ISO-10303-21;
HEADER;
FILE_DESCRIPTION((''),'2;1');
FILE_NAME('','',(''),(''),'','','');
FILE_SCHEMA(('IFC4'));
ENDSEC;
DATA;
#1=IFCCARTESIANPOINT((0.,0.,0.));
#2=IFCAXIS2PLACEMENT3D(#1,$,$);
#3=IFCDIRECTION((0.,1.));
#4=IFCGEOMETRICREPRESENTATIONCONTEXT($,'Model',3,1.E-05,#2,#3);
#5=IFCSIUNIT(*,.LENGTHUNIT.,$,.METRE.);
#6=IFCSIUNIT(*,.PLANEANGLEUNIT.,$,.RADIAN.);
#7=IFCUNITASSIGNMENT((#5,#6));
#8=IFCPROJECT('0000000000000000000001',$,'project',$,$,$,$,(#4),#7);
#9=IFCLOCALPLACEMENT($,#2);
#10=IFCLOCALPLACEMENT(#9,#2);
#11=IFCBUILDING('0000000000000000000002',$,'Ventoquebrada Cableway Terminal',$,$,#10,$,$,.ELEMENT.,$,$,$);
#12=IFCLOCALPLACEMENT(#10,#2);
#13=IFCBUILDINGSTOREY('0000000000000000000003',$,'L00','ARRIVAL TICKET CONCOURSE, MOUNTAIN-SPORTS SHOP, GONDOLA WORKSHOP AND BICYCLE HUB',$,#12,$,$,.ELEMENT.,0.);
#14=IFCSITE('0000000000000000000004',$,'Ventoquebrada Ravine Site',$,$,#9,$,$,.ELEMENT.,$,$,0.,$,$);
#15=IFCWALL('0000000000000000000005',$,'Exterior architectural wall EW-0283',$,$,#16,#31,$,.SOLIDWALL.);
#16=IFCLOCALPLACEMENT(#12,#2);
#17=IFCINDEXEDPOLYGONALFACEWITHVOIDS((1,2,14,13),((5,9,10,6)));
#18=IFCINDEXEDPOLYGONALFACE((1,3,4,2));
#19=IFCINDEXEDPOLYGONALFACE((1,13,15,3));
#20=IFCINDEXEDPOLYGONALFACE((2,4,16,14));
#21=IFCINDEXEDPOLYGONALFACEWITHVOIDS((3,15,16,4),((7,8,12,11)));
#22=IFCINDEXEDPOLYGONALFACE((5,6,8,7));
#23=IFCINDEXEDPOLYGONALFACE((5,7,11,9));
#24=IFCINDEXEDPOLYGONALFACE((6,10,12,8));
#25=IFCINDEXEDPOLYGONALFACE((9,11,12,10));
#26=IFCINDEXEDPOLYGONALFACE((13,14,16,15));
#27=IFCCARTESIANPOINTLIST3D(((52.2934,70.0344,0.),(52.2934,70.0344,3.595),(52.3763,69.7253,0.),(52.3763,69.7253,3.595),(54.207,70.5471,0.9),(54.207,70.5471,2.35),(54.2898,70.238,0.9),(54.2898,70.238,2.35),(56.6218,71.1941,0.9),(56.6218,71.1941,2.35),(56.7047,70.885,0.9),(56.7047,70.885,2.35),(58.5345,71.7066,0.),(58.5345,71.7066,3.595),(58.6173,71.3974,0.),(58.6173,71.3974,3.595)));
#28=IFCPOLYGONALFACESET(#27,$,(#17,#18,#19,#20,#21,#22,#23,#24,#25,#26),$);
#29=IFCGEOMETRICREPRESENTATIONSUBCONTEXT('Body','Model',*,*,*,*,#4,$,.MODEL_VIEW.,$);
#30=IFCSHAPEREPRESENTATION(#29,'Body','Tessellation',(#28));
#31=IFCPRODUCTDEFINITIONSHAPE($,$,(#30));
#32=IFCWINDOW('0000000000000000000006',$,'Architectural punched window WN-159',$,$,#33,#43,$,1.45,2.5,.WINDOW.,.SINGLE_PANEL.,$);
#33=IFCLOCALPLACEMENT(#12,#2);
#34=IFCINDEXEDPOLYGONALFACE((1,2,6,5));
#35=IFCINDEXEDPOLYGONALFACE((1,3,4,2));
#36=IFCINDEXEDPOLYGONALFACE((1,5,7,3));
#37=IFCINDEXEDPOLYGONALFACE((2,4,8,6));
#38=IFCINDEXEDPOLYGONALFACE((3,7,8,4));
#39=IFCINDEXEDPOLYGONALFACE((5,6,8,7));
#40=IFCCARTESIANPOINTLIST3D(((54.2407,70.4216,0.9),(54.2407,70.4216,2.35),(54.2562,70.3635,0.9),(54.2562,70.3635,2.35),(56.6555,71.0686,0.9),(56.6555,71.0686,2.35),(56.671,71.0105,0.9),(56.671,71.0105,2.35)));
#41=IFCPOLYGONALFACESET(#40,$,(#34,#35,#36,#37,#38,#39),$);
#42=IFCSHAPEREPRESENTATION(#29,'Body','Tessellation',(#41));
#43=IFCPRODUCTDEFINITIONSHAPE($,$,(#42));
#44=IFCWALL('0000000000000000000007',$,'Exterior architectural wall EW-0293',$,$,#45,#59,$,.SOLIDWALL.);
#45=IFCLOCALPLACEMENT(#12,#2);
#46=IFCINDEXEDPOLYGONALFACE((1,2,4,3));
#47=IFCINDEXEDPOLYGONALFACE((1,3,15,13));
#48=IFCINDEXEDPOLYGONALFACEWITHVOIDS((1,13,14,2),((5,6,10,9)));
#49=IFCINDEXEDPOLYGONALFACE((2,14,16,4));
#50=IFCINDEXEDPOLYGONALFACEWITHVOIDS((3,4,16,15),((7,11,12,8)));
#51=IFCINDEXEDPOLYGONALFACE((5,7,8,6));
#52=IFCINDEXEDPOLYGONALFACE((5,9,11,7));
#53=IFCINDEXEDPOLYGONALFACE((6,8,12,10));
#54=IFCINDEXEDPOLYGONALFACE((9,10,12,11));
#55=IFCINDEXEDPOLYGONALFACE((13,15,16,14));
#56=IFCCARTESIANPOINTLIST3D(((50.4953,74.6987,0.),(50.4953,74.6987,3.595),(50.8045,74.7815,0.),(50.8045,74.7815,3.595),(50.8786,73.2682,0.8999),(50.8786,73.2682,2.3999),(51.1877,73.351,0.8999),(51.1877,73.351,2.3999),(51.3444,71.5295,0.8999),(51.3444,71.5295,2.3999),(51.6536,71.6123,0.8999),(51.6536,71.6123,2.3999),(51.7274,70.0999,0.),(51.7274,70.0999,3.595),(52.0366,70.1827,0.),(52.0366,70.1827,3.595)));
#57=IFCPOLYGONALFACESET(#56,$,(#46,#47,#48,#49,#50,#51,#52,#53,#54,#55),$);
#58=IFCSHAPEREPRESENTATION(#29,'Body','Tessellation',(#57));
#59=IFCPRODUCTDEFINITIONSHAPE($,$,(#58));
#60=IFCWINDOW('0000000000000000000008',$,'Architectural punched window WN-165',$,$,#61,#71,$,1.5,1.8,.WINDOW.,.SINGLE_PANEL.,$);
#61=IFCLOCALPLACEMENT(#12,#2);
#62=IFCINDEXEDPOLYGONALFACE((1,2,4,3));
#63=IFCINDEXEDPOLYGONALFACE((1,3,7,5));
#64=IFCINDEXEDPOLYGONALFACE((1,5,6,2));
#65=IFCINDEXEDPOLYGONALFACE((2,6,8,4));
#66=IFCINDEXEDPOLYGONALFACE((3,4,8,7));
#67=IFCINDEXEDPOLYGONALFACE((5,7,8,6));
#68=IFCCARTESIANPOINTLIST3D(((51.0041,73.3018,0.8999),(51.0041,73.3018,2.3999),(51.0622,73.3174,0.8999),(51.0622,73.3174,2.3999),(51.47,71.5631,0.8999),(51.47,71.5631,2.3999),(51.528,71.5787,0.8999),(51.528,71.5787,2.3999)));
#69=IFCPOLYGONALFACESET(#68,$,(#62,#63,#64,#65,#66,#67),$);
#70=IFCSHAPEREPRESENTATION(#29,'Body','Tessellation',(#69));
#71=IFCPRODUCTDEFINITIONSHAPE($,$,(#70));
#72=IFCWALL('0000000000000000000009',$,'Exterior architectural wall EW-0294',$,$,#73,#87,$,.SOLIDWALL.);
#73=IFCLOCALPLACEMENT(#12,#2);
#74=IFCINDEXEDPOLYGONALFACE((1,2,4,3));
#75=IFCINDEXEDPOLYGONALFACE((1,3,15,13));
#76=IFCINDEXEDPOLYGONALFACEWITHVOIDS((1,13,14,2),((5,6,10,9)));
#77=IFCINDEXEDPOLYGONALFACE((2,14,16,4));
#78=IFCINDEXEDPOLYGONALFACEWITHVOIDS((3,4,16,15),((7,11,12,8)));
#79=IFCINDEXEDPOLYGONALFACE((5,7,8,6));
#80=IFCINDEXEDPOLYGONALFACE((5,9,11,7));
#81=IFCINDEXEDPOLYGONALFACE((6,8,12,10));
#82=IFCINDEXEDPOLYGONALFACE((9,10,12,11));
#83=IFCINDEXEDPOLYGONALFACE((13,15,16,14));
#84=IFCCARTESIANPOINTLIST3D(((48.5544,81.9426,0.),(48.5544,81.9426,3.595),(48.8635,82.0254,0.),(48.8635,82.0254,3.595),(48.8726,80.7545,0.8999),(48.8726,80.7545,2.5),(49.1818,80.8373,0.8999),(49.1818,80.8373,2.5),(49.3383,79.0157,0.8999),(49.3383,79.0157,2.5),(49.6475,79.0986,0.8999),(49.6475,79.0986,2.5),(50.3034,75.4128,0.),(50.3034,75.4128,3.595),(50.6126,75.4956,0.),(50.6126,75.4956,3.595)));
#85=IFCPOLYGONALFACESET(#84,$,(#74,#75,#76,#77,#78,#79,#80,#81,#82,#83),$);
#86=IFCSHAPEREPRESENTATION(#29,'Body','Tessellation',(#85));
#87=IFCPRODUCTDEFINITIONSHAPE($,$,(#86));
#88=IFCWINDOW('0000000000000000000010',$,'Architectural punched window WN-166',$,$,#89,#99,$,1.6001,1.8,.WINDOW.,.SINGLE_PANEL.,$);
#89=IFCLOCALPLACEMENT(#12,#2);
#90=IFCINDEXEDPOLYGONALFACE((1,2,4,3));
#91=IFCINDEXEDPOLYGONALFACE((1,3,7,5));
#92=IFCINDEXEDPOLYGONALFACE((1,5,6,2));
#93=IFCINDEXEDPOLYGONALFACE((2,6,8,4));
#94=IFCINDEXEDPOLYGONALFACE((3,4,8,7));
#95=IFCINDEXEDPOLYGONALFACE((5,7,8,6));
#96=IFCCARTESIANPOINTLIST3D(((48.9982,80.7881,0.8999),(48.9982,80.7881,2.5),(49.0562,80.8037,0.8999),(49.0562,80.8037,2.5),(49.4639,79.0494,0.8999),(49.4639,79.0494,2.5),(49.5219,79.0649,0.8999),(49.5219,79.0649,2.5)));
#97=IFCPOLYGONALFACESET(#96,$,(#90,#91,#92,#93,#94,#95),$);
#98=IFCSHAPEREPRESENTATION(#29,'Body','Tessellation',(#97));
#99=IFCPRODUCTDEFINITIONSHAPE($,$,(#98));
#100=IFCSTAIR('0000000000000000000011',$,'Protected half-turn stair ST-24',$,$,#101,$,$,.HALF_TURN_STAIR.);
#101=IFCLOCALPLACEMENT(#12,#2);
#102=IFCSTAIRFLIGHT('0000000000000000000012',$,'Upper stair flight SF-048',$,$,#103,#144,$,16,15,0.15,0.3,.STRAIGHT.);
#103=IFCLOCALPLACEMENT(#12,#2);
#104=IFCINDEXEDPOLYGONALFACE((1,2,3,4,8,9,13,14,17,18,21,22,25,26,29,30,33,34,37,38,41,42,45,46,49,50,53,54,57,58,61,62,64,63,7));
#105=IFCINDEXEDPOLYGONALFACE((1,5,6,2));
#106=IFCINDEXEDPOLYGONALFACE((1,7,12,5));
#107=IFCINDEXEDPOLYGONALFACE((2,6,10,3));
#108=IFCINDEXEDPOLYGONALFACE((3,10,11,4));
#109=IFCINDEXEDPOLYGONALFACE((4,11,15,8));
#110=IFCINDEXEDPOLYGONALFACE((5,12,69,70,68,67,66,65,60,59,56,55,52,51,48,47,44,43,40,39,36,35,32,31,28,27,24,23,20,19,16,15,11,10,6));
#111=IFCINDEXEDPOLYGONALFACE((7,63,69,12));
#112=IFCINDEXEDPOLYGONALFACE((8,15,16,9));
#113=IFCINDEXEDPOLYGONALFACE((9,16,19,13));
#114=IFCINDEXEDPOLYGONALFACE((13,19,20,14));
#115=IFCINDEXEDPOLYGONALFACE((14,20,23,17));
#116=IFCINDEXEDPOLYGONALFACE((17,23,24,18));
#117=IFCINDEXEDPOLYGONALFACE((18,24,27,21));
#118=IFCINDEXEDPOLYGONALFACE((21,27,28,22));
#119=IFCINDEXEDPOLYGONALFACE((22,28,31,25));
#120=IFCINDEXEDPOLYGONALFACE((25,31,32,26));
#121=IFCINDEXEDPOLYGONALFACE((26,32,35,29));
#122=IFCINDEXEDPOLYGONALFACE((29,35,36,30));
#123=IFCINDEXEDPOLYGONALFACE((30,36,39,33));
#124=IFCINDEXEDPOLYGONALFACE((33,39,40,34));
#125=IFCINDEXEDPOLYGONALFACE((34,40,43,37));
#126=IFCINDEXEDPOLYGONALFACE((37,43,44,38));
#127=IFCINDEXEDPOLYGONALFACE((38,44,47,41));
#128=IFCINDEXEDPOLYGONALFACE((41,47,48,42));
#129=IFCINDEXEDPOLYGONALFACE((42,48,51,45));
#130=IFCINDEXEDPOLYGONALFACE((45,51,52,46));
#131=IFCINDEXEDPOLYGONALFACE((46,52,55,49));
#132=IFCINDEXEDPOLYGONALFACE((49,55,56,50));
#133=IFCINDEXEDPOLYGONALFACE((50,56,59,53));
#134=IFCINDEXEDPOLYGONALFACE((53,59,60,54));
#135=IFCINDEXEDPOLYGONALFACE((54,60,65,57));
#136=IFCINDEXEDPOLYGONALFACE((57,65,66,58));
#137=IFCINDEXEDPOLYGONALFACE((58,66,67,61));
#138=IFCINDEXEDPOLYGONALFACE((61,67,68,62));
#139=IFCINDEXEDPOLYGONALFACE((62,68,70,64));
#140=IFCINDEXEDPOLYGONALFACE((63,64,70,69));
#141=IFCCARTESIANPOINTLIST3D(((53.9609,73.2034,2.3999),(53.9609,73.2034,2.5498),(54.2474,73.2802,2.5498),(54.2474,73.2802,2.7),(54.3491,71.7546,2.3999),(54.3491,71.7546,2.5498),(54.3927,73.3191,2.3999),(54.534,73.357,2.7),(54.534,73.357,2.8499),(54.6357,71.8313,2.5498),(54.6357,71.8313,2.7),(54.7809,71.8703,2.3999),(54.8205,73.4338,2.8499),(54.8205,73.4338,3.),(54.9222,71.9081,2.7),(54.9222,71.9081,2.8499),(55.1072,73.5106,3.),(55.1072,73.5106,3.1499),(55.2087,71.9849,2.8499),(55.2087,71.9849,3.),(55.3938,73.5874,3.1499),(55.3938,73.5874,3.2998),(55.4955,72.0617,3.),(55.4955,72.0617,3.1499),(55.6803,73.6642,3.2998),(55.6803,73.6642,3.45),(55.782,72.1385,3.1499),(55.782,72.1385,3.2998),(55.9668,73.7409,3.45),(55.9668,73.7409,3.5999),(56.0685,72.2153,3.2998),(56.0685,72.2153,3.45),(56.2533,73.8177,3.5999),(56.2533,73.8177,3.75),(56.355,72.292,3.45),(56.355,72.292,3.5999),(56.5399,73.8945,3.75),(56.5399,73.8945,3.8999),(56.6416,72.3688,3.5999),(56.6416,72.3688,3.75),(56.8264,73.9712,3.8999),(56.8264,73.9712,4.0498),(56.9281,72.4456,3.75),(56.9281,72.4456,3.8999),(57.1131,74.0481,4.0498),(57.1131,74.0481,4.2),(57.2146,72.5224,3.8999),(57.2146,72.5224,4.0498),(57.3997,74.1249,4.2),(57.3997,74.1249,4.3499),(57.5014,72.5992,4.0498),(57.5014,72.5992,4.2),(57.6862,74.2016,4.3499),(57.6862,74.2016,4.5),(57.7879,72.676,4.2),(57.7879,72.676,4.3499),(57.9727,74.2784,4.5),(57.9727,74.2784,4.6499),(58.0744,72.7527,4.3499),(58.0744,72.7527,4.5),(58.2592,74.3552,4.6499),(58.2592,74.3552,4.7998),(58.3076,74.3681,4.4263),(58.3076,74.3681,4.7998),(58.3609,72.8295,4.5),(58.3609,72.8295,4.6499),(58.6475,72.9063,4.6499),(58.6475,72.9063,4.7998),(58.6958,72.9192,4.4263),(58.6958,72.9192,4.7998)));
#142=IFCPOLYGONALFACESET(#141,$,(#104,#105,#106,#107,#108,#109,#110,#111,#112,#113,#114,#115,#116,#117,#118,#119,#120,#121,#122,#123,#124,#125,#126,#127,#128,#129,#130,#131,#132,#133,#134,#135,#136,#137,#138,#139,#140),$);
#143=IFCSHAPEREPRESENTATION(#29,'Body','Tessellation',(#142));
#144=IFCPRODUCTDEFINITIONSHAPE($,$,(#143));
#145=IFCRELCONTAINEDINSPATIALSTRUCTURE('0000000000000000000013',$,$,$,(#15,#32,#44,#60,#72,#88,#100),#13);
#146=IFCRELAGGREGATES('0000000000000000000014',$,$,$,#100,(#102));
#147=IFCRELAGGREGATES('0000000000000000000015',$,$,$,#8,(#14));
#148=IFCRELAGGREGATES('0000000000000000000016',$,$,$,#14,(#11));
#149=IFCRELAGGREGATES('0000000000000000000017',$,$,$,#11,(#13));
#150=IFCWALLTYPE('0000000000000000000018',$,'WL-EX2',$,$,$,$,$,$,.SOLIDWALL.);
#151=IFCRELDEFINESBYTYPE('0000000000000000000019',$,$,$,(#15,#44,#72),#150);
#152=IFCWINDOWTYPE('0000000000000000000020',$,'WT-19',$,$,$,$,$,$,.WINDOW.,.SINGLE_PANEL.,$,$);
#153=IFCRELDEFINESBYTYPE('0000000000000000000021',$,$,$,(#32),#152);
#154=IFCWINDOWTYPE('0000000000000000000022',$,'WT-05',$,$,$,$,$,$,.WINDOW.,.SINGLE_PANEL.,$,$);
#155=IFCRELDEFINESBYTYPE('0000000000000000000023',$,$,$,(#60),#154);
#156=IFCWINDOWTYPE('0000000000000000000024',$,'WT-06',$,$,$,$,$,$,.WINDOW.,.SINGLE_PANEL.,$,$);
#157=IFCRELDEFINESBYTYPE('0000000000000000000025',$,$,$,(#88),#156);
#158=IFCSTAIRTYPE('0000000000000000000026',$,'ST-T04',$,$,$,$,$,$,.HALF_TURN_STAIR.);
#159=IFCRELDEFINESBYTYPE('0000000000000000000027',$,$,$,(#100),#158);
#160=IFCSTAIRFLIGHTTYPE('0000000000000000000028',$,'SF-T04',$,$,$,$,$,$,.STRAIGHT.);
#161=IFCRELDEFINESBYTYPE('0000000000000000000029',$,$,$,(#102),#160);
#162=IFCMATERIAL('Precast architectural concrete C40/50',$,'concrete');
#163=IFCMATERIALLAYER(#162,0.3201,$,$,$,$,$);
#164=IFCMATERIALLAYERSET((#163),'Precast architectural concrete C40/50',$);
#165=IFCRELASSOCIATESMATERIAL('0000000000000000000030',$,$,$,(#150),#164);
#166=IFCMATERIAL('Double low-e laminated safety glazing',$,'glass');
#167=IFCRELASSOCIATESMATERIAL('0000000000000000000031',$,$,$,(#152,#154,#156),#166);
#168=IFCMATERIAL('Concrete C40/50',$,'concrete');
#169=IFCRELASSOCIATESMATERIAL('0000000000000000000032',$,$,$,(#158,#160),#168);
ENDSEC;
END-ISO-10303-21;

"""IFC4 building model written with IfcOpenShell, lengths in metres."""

from ifc_helpers import new_model, si_unit, direction, frame, frame_2d, origin, place, context, subcontext, project, spatial, polyline, rectangle, outline, extrude, material, layer, layer_set, type_object, element, fill, aggregate, save


model = new_model("IFC4")

# Units and contexts
model_context = context("Model", 3, precision=1e-05, world=origin(), true_north=direction((0.0, 1.0)))
body_context = subcontext(model_context, "Body", "Model", "MODEL_VIEW")
ifc_project = project(units=[si_unit("LENGTHUNIT", "METRE"), si_unit("PLANEANGLEUNIT", "RADIAN")], contexts=[model_context])

# Site, building, storey
site_placement = place(None, origin())
site = spatial("IfcSite", under=ifc_project, at=site_placement, Name="Ventoquebrada Ravine Site", CompositionType="ELEMENT", RefElevation=0.0)
building_placement = place(site_placement, origin())
building = spatial("IfcBuilding", under=site, at=building_placement, Name="Ventoquebrada Cableway Terminal", CompositionType="ELEMENT")
storey_placement = place(building_placement, origin())
storey = spatial("IfcBuildingStorey", under=building, at=storey_placement, Name="L00", Description="ARRIVAL TICKET CONCOURSE, MOUNTAIN-SPORTS SHOP, GONDOLA WORKSHOP AND BICYCLE HUB", CompositionType="ELEMENT", Elevation=0.0)

# Shared definitions
ifc_material_1 = material(Name="Concrete C40/50", Category="concrete")

# Walls, openings, windows
ifc_material_2 = material(Name="Precast architectural concrete C40/50", Category="concrete")
ifc_layer_1 = layer(ifc_material_2, 0.3201)
ifc_layer_set_1 = layer_set([ifc_layer_1], Name="Precast architectural concrete C40/50")
wall_type_1 = type_object("IfcWallType", Name="WL-EX2", PredefinedType="SOLIDWALL", material=ifc_layer_set_1)
wall_1_placement = place(storey_placement, frame((52.335, 69.8799, 0.0), z_axis=(0.0, 0.0, 1.0), x_axis=(0.965931, 0.258798, 0.0)))
wall_1 = element("IfcWall", 1, at=wall_1_placement, inside=storey, type_object=wall_type_1, Name="Exterior architectural wall EW-0283", PredefinedType="SOLIDWALL", context=body_context, shape_type="SweptSolid", body=[
    extrude(rectangle(XDim=6.4612, YDim=0.3201, at=frame_2d((3.2305, 0.0))), origin(), (0.0, 0.0, 1.0), 3.595),
])
opening_1_placement = place(wall_1_placement, frame((1.981, 0.0, 0.8999)))
opening_1 = element("IfcOpeningElement", 2, at=opening_1_placement, cuts=wall_1, PredefinedType="OPENING", context=body_context, shape_type="SweptSolid", body=[
    extrude(rectangle(XDim=2.5, YDim=1.45, at=frame_2d((1.25, 0.7251))), frame((0.0, 0.1699, 0.0), z_axis=(0.0, -1.0, 0.0), x_axis=(1.0, 0.0, 0.0)), (0.0, 0.0, 1.0), 0.3401),
])
ifc_material_3 = material(Name="Double low-e laminated safety glazing", Category="glass")
window_type_1 = type_object("IfcWindowType", Name="WT-19", PartitioningType="SINGLE_PANEL", PredefinedType="WINDOW", material=ifc_material_3)
window_1_placement = place(opening_1_placement, origin())
window_1 = element("IfcWindow", 3, at=window_1_placement, inside=storey, type_object=window_type_1, Name="Architectural punched window WN-159", OverallHeight=1.45, OverallWidth=2.5, PartitioningType="SINGLE_PANEL", PredefinedType="WINDOW", context=body_context, shape_type="SweptSolid", body=[
    extrude(rectangle(XDim=2.5, YDim=1.45, at=frame_2d((1.25, 0.7251))), frame((0.0, 0.03, 0.0), z_axis=(0.0, -1.0, 0.0), x_axis=(1.0, 0.0, 0.0)), (0.0, 0.0, 1.0), 0.0601),
])
fill(opening_1, window_1)
wall_2_placement = place(storey_placement, frame((50.6499, 74.74, 0.0), z_axis=(0.0, 0.0, 1.0), x_axis=(0.258802, -0.96593, 0.0)))
wall_2 = element("IfcWall", 4, at=wall_2_placement, inside=storey, type_object=wall_type_1, Name="Exterior architectural wall EW-0293", PredefinedType="SOLIDWALL", context=body_context, shape_type="SweptSolid", body=[
    extrude(rectangle(XDim=4.761, YDim=0.3201, at=frame_2d((2.3804, 0.0))), origin(), (0.0, 0.0, 1.0), 3.595),
])
opening_2_placement = place(wall_2_placement, frame((1.481, 0.0, 0.8999)))
opening_2 = element("IfcOpeningElement", 5, at=opening_2_placement, cuts=wall_2, PredefinedType="OPENING", context=body_context, shape_type="SweptSolid", body=[
    extrude(rectangle(XDim=1.8, YDim=1.5, at=frame_2d((0.8999, 0.75))), frame((0.0, 0.1699, 0.0), z_axis=(0.0, -1.0, 0.0), x_axis=(1.0, 0.0, 0.0)), (0.0, 0.0, 1.0), 0.3401),
])
window_type_2 = type_object("IfcWindowType", Name="WT-05", PartitioningType="SINGLE_PANEL", PredefinedType="WINDOW", material=ifc_material_3)
window_2_placement = place(opening_2_placement, origin())
window_2 = element("IfcWindow", 6, at=window_2_placement, inside=storey, type_object=window_type_2, Name="Architectural punched window WN-165", OverallHeight=1.5, OverallWidth=1.8, PartitioningType="SINGLE_PANEL", PredefinedType="WINDOW", context=body_context, shape_type="SweptSolid", body=[
    extrude(rectangle(XDim=1.8, YDim=1.5, at=frame_2d((0.8999, 0.75))), frame((0.0, 0.03, 0.0), z_axis=(0.0, -1.0, 0.0), x_axis=(1.0, 0.0, 0.0)), (0.0, 0.0, 1.0), 0.0601),
])
fill(opening_2, window_2)
wall_3_placement = place(storey_placement, frame((48.709, 81.9839, 0.0), z_axis=(0.0, 0.0, 1.0), x_axis=(0.258732, -0.965949, 0.0)))
wall_3 = element("IfcWall", 7, at=wall_3_placement, inside=storey, type_object=wall_type_1, Name="Exterior architectural wall EW-0294", PredefinedType="SOLIDWALL", context=body_context, shape_type="SweptSolid", body=[
    extrude(rectangle(XDim=6.76, YDim=0.3201, at=frame_2d((3.3799, 0.0))), origin(), (0.0, 0.0, 1.0), 3.595),
])
opening_3_placement = place(wall_3_placement, frame((1.23, 0.0, 0.8999)))
opening_3 = element("IfcOpeningElement", 8, at=opening_3_placement, cuts=wall_3, PredefinedType="OPENING", context=body_context, shape_type="SweptSolid", body=[
    extrude(rectangle(XDim=1.8, YDim=1.6001, at=frame_2d((0.8999, 0.8))), frame((0.0, 0.1699, 0.0), z_axis=(0.0, -1.0, 0.0), x_axis=(1.0, 0.0, 0.0)), (0.0, 0.0, 1.0), 0.3401),
])
window_type_3 = type_object("IfcWindowType", Name="WT-06", PartitioningType="SINGLE_PANEL", PredefinedType="WINDOW", material=ifc_material_3)
window_3_placement = place(opening_3_placement, origin())
window_3 = element("IfcWindow", 9, at=window_3_placement, inside=storey, type_object=window_type_3, Name="Architectural punched window WN-166", OverallHeight=1.6001, OverallWidth=1.8, PartitioningType="SINGLE_PANEL", PredefinedType="WINDOW", context=body_context, shape_type="SweptSolid", body=[
    extrude(rectangle(XDim=1.8, YDim=1.6001, at=frame_2d((0.8999, 0.8))), frame((0.0, 0.03, 0.0), z_axis=(0.0, -1.0, 0.0), x_axis=(1.0, 0.0, 0.0)), (0.0, 0.0, 1.0), 0.0601),
])
fill(opening_3, window_3)

# Stair, stair flight
stair_type = type_object("IfcStairType", Name="ST-T04", PredefinedType="HALF_TURN_STAIR", material=ifc_material_1)
stair_placement = place(storey_placement, origin())
stair = element("IfcStair", 10, at=stair_placement, inside=storey, type_object=stair_type, Name="Protected half-turn stair ST-24", PredefinedType="HALF_TURN_STAIR")
stair_flight_type = type_object("IfcStairFlightType", Name="SF-T04", PredefinedType="STRAIGHT", material=ifc_material_1)
stair_flight_placement = place(storey_placement, frame((54.155, 72.479, 2.3999), z_axis=(0.0, 0.0, 1.0), x_axis=(0.965926, 0.258819, 0.0)))
stair_flight = element("IfcStairFlight", 11, at=stair_flight_placement, type_object=stair_flight_type, Name="Upper stair flight SF-048", NumberOfRisers=16, NumberOfTreads=15, PredefinedType="STRAIGHT", RiserHeight=0.15, TreadLength=0.3, context=body_context, shape_type="SweptSolid", body=[
    extrude(outline(polyline([(0.0, 0.0), (0.0, 0.1499), (0.2966, 0.1499), (0.2966, 0.3), (0.5933, 0.3), (0.5933, 0.45), (0.8899, 0.45), (0.8899, 0.6001), (1.1868, 0.6001), (1.1868, 0.75), (1.4834, 0.75), (1.4834, 0.8999), (1.78, 0.8999), (1.78, 1.05), (2.0767, 1.05), (2.0767, 1.2), (2.3733, 1.2), (2.3733, 1.3501), (2.6699, 1.3501), (2.6699, 1.5), (2.9666, 1.5), (2.9666, 1.6499), (3.2634, 1.6499), (3.2634, 1.8), (3.5601, 1.8), (3.5601, 1.95), (3.8567, 1.95), (3.8567, 2.1001), (4.1533, 2.1001), (4.1533, 2.25), (4.45, 2.25), (4.45, 2.3999), (4.5, 2.3999), (4.5, 2.0264), (0.447, 0.0), (0.0, 0.0)])), frame((0.0, 0.75, 0.0), z_axis=(0.0, -1.0, 0.0), x_axis=(1.0, 0.0, 0.0)), (0.0, 0.0, 1.0), 1.5),
])
aggregate(stair, [stair_flight])

save(model, "model.ifc")
